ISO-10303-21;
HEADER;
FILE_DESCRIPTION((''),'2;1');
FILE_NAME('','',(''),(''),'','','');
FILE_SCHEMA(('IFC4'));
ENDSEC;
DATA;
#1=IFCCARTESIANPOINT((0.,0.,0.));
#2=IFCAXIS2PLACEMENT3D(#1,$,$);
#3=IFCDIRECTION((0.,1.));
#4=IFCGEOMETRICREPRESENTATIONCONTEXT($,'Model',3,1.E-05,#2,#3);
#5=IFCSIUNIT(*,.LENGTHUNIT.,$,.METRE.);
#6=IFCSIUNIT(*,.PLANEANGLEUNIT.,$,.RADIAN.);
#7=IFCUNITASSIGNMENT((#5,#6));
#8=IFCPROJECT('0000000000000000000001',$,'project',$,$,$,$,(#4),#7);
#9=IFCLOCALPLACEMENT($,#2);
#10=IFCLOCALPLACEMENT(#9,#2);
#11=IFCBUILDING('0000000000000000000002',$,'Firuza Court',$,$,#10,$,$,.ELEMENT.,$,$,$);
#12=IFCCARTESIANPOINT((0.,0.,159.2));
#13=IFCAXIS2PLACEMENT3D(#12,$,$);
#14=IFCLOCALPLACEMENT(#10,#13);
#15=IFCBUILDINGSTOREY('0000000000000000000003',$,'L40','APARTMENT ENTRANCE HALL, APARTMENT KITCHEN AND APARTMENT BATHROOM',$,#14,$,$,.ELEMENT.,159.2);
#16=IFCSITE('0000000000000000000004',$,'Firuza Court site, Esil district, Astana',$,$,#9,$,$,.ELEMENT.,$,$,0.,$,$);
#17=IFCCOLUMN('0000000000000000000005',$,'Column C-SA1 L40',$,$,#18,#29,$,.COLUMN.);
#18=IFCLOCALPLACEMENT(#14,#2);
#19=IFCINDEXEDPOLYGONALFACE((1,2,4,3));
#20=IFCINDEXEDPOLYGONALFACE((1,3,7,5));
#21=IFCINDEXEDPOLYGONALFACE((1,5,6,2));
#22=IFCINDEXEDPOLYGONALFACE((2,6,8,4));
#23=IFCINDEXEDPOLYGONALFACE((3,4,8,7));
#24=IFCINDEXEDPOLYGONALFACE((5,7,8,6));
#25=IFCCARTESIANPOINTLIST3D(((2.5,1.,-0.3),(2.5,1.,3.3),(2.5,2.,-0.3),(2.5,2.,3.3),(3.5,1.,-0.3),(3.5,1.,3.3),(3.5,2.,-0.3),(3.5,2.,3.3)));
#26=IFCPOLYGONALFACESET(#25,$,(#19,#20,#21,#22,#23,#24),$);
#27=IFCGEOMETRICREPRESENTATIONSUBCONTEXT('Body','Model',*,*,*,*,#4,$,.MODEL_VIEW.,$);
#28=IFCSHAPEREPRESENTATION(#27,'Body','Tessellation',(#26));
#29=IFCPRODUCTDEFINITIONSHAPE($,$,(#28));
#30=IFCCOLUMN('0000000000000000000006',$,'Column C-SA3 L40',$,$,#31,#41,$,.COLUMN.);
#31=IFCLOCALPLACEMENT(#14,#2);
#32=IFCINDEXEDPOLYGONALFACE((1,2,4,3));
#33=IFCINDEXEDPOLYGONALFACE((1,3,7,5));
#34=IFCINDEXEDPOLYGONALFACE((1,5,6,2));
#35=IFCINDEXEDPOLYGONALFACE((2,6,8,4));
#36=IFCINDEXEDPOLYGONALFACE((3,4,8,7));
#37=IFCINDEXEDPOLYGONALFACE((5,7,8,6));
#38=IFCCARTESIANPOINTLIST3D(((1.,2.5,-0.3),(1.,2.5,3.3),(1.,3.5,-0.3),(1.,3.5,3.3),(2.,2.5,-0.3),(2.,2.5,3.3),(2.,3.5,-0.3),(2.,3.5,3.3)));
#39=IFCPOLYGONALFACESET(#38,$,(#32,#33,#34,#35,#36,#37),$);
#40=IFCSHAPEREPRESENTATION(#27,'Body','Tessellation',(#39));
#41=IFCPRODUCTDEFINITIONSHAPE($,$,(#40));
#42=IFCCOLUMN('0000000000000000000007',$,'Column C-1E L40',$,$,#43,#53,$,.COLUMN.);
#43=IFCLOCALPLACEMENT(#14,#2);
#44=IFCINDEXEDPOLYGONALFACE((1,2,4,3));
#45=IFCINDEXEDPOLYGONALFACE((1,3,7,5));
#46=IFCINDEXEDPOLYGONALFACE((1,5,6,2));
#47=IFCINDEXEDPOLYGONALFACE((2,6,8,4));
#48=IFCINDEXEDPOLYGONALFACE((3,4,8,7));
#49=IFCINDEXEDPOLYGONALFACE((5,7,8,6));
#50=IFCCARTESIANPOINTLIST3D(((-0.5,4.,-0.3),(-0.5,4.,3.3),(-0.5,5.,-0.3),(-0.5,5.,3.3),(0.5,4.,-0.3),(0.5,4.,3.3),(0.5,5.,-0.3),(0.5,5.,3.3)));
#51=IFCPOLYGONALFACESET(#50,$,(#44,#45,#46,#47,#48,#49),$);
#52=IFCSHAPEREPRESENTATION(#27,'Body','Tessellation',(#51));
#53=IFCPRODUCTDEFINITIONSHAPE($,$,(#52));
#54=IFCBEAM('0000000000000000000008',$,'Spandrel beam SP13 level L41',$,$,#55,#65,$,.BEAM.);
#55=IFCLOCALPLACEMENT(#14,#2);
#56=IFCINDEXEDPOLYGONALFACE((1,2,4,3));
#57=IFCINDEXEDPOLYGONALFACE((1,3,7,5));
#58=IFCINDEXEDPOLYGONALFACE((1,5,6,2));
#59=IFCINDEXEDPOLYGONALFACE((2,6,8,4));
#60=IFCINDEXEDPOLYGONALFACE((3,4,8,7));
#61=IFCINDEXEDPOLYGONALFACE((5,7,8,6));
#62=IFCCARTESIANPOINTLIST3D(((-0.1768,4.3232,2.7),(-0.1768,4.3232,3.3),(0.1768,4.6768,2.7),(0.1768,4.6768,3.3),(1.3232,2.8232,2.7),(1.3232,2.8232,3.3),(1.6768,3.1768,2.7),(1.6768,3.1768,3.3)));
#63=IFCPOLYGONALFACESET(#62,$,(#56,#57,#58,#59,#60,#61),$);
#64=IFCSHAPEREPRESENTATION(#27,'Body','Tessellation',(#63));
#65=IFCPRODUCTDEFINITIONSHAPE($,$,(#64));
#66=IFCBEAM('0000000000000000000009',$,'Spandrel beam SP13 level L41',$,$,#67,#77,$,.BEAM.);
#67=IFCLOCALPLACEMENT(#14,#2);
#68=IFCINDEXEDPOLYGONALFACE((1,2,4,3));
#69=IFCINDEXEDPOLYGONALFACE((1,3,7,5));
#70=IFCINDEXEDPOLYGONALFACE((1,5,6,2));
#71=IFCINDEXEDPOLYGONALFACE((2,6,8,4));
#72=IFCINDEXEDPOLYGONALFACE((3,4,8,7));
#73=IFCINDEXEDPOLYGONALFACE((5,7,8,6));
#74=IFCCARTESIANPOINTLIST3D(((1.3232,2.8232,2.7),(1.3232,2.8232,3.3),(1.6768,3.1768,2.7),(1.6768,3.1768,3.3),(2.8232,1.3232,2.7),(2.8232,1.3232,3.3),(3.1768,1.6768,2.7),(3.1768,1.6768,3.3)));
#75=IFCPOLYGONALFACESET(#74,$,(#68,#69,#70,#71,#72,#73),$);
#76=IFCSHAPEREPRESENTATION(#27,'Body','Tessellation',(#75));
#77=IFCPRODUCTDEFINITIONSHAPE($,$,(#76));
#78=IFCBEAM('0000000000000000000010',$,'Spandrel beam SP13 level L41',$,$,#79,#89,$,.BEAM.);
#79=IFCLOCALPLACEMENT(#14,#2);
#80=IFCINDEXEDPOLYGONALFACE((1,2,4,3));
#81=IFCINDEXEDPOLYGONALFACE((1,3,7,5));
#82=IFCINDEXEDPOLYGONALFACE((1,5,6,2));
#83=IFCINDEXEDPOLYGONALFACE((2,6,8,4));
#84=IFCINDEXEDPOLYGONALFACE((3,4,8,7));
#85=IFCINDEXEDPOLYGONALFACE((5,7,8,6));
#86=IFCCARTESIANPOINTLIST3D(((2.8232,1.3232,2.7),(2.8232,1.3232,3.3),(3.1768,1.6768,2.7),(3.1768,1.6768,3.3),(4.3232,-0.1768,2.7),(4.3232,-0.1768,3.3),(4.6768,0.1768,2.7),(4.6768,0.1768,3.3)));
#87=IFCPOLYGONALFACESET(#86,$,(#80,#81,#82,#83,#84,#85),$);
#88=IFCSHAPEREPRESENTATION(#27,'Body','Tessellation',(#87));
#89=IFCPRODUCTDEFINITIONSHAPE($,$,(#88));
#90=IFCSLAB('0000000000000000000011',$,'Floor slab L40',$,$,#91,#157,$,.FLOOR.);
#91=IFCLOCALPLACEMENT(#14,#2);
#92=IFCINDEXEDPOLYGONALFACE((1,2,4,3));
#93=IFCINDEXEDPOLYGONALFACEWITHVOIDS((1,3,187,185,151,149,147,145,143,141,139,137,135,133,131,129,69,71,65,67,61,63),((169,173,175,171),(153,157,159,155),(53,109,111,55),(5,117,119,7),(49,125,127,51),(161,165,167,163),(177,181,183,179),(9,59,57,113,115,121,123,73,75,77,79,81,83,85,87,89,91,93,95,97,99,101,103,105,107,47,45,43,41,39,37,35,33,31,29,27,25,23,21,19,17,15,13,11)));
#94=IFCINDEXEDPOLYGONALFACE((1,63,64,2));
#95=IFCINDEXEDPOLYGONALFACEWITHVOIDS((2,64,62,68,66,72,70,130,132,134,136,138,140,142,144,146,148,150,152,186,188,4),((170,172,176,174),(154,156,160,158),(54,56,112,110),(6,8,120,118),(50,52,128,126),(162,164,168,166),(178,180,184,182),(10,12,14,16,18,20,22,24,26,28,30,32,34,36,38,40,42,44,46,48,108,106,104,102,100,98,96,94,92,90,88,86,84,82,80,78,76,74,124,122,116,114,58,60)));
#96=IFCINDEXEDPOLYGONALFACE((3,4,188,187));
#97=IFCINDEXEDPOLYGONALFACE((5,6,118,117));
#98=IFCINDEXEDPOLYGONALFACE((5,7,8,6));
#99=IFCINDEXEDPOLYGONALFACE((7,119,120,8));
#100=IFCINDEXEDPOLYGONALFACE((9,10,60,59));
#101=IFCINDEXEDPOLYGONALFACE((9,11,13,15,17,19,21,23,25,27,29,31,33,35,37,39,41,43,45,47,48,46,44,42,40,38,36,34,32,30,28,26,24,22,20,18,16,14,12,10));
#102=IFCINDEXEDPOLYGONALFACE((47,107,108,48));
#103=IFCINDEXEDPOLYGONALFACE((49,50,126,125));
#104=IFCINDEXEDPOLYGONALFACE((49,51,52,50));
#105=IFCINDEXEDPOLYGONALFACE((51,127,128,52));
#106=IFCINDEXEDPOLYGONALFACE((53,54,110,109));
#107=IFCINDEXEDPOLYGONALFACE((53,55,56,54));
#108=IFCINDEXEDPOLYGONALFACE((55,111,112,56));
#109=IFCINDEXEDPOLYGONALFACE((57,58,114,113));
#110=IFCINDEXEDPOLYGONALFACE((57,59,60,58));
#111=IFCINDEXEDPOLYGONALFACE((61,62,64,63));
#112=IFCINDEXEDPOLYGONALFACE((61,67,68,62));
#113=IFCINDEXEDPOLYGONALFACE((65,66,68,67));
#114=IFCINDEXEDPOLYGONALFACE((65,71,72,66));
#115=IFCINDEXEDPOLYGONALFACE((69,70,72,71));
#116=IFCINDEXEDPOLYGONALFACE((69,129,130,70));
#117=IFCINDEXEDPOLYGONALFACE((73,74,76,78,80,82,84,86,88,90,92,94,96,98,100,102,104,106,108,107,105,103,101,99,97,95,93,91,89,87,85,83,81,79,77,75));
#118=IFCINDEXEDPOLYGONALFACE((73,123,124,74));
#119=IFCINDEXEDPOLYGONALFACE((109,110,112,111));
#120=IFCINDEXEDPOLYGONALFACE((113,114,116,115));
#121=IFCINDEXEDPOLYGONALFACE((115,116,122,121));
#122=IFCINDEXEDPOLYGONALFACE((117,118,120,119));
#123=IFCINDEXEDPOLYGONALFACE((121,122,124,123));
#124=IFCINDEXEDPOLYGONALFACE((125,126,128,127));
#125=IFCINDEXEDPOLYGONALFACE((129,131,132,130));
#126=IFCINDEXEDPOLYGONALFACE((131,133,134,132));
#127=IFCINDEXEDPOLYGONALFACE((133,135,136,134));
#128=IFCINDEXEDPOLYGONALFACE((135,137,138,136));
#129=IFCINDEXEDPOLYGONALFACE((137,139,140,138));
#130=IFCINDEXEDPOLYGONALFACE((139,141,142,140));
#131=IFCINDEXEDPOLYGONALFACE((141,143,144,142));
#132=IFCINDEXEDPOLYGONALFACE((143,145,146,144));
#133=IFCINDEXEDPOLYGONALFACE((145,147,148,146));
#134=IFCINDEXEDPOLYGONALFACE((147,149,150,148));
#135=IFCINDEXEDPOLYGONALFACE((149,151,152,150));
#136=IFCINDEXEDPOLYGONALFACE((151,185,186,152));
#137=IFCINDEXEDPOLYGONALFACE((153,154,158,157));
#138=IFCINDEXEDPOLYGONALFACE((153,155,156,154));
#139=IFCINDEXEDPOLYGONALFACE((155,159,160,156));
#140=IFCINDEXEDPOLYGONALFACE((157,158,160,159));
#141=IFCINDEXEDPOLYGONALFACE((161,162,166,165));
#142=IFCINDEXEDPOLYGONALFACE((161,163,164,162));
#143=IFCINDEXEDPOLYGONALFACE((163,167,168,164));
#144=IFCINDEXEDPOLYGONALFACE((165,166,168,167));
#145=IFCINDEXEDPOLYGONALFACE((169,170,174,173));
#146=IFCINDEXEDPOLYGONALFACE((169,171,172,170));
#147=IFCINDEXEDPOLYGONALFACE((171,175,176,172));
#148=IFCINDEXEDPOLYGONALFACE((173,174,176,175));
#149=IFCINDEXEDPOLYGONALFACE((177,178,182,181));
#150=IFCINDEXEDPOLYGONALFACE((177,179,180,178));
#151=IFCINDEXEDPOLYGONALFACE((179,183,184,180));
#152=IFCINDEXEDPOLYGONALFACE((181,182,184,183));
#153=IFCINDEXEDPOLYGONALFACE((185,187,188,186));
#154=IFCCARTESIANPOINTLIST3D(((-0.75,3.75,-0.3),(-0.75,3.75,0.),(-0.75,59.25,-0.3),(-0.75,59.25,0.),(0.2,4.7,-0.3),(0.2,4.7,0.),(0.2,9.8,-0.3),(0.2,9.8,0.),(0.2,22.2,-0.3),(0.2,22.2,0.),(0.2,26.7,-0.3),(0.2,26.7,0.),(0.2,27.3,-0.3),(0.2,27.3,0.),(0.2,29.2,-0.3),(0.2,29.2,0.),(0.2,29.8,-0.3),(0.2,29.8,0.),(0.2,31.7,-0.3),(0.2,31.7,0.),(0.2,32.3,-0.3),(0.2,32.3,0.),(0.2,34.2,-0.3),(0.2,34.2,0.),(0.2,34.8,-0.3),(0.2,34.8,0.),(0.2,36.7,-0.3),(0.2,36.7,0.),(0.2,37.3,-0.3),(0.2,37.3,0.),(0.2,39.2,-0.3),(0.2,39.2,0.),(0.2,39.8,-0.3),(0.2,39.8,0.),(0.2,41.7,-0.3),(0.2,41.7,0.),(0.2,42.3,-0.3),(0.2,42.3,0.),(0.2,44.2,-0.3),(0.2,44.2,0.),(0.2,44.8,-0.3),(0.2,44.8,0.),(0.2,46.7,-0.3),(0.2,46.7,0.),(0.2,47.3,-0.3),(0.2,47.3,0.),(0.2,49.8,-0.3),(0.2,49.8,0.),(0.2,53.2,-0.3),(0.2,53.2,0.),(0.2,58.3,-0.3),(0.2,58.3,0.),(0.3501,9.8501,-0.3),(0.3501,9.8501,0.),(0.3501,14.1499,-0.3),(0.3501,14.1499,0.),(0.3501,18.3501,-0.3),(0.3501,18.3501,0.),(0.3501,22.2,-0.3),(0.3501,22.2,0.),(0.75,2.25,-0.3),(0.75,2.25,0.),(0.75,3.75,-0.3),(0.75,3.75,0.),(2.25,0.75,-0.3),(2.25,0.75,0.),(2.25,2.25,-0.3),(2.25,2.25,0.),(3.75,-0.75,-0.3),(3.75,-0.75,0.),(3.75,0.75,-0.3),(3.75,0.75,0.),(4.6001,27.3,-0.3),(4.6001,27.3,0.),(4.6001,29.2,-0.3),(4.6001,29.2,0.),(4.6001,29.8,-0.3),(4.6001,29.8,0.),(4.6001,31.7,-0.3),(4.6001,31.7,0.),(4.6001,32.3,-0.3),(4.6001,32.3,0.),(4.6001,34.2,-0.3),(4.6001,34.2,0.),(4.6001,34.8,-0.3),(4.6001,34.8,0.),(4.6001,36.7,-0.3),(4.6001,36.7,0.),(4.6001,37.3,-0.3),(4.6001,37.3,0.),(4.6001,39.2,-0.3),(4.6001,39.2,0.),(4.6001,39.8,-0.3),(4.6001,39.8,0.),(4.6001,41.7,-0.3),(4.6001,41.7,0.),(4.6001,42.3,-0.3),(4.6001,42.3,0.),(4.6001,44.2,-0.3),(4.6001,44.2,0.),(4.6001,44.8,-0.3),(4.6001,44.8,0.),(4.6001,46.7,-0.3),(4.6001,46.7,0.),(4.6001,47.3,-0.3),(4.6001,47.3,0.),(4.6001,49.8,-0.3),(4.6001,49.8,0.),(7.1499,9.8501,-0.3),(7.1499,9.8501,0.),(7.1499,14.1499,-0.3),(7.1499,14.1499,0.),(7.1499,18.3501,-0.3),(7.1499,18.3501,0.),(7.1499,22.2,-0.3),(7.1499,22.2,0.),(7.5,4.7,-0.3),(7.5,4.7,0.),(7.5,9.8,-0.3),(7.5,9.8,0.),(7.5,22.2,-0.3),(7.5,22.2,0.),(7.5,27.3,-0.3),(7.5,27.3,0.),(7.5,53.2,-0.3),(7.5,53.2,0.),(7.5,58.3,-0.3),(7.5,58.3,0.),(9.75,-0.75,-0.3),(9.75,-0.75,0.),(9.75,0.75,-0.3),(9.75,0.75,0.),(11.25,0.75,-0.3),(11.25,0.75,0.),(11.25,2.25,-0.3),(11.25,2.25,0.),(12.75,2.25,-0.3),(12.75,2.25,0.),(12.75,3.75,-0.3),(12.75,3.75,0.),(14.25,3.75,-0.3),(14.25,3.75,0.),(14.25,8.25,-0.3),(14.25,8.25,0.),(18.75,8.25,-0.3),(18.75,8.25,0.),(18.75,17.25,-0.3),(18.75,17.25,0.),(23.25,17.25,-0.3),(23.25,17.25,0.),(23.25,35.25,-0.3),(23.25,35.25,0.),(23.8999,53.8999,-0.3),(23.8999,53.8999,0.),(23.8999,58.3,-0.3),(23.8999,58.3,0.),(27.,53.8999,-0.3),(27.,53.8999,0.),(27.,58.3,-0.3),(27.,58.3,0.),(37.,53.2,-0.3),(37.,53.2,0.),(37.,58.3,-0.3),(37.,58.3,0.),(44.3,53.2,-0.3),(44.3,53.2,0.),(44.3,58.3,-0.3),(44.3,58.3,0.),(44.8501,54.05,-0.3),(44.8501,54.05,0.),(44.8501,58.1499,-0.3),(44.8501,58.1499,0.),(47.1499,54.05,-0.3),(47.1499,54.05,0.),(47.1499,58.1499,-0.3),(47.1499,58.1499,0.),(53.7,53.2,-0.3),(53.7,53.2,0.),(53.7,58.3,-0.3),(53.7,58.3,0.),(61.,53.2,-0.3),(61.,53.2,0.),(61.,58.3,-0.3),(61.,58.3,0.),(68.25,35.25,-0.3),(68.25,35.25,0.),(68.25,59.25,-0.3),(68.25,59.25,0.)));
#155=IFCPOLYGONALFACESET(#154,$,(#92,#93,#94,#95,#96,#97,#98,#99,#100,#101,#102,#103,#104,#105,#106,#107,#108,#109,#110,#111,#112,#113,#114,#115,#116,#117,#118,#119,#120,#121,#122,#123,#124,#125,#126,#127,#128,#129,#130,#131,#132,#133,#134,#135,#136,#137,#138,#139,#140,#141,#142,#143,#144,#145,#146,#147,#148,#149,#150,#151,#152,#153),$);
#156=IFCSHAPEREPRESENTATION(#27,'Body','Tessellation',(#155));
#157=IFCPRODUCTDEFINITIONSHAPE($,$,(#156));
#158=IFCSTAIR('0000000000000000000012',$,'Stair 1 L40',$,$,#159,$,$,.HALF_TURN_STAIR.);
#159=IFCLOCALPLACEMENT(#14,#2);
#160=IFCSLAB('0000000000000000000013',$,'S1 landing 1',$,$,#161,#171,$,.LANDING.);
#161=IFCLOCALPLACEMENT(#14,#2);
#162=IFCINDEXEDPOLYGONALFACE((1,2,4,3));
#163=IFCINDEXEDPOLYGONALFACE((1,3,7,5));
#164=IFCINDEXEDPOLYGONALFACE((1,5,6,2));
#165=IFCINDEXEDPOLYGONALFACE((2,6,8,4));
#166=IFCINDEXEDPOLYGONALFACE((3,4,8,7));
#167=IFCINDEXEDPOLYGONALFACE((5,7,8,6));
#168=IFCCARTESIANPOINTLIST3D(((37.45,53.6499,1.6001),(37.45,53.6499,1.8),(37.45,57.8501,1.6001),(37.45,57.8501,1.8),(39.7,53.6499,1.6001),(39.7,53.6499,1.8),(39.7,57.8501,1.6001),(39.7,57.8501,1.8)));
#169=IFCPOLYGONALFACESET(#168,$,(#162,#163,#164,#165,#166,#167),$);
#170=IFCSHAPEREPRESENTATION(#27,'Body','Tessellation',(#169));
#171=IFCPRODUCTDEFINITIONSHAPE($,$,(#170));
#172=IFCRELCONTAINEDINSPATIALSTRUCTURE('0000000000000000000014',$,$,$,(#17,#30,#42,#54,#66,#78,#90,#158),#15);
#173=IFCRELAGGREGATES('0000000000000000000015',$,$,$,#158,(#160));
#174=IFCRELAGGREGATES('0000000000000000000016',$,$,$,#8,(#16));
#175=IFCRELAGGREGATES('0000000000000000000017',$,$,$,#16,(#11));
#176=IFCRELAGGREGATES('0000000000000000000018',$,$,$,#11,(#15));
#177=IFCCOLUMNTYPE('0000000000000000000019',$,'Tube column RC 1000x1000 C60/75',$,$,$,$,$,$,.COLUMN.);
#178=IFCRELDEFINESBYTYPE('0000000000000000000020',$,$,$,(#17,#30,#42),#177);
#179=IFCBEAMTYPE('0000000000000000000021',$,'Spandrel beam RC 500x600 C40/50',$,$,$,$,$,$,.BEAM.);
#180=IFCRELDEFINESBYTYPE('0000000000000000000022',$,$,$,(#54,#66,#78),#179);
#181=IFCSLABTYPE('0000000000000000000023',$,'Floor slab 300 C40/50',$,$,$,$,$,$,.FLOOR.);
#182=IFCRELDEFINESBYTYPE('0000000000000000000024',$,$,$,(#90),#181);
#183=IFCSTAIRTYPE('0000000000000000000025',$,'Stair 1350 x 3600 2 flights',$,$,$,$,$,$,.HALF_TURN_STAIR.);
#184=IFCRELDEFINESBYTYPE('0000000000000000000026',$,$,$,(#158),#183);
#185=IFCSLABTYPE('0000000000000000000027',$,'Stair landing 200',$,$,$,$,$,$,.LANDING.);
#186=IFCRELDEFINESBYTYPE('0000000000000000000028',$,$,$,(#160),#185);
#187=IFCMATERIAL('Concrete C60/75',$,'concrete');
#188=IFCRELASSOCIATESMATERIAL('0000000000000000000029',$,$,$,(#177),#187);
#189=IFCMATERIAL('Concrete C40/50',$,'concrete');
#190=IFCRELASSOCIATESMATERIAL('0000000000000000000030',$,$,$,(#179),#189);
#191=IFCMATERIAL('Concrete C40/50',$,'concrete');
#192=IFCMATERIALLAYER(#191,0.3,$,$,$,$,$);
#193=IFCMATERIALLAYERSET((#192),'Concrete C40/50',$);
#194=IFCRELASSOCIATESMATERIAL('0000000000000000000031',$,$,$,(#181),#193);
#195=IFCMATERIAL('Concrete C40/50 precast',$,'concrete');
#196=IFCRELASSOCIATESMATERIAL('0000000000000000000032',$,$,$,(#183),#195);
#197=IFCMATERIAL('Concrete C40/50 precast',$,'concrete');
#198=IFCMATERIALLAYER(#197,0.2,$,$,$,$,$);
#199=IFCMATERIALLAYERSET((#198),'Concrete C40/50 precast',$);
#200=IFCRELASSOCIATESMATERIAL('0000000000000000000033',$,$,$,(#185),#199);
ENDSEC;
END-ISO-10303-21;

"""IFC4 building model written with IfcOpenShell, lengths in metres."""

from ifc_helpers import new_model, si_unit, direction, frame, origin, origin_2d, place, context, subcontext, project, spatial, polyline, rectangle, outline, extrude, material, layer, layer_set, material_profile, profile_set, type_object, element, aggregate, save


model = new_model("IFC4")

# Units and contexts
model_context = context("Model", 3, precision=1e-05, world=origin(), true_north=direction((0.0, 1.0)))
body_context = subcontext(model_context, "Body", "Model", "MODEL_VIEW")
ifc_project = project(units=[si_unit("LENGTHUNIT", "METRE"), si_unit("PLANEANGLEUNIT", "RADIAN")], contexts=[model_context])

# Site, building, storey
site_placement = place(None, origin())
site = spatial("IfcSite", under=ifc_project, at=site_placement, Name="Firuza Court site, Esil district, Astana", CompositionType="ELEMENT", RefElevation=0.0)
building_placement = place(site_placement, origin())
building = spatial("IfcBuilding", under=site, at=building_placement, Name="Firuza Court", CompositionType="ELEMENT")
storey_placement = place(building_placement, frame((0.0, 0.0, 159.2)))
storey = spatial("IfcBuildingStorey", under=building, at=storey_placement, Name="L40", Description="APARTMENT ENTRANCE HALL, APARTMENT KITCHEN AND APARTMENT BATHROOM", CompositionType="ELEMENT", Elevation=159.2)

# Columns
ifc_material_1 = material(Name="Concrete C60/75", Category="concrete")
ifc_material_profile_1 = material_profile(ifc_material_1, rectangle(XDim=1.0, YDim=1.0, at=origin_2d()), Name="RC 1000x1000")
ifc_profile_set_1 = profile_set([ifc_material_profile_1], Name="Concrete C60/75")
column_type = type_object("IfcColumnType", Name="Tube column RC 1000x1000 C60/75", PredefinedType="COLUMN", material=ifc_profile_set_1)
for number, where, z_axis, x_axis, name in (
    (1, (3.0, 1.5, -0.3), (0.0, 0.0, 1.0), (1.0, 0.0, 0.0), "Column C-SA1 L40"),
    (2, (1.5, 3.0, -0.3), (0.0, 0.0, 1.0), (1.0, 0.0, 0.0), "Column C-SA3 L40"),
    (3, (0.0, 4.5, -0.3), (0.0, 0.0, 1.0), (1.0, 0.0, 0.0), "Column C-1E L40"),
):
    element("IfcColumn", number, at=place(storey_placement, frame(where, z_axis=z_axis, x_axis=x_axis)), inside=storey, type_object=column_type, Name=name, PredefinedType="COLUMN", context=body_context, shape_type="SweptSolid", body=[
        extrude(rectangle(XDim=1.0, YDim=1.0, at=origin_2d()), origin(), (0.0, 0.0, 1.0), 3.6001),
    ])

# Beams
ifc_material_2 = material(Name="Concrete C40/50", Category="concrete")
ifc_material_profile_2 = material_profile(ifc_material_2, rectangle(XDim=0.5, YDim=0.6001, at=origin_2d()), Name="RC 500x600")
ifc_profile_set_2 = profile_set([ifc_material_profile_2], Name="Concrete C40/50")
beam_type = type_object("IfcBeamType", Name="Spandrel beam RC 500x600 C40/50", PredefinedType="BEAM", material=ifc_profile_set_2)
for number, where, z_axis, x_axis, name in (
    (4, (0.0, 4.5, 3.0), (0.707107, -0.707107, 0.0), (0.707107, 0.707107, 0.0), "Spandrel beam SP13 level L41"),
    (5, (1.5, 3.0, 3.0), (0.707107, -0.707107, 0.0), (0.707107, 0.707107, 0.0), "Spandrel beam SP13 level L41"),
    (6, (3.0, 1.5, 3.0), (0.707107, -0.707107, 0.0), (0.707107, 0.707107, 0.0), "Spandrel beam SP13 level L41"),
):
    element("IfcBeam", number, at=place(storey_placement, frame(where, z_axis=z_axis, x_axis=x_axis)), inside=storey, type_object=beam_type, Name=name, PredefinedType="BEAM", context=body_context, shape_type="SweptSolid", body=[
        extrude(rectangle(XDim=0.5, YDim=0.6001, at=origin_2d()), origin(), (0.0, 0.0, 1.0), 2.1213),
    ])

# Slab
ifc_material_3 = material(Name="Concrete C40/50", Category="concrete")
ifc_layer_1 = layer(ifc_material_3, 0.3)
ifc_layer_set_1 = layer_set([ifc_layer_1], Name="Concrete C40/50")
slab_type_1 = type_object("IfcSlabType", Name="Floor slab 300 C40/50", PredefinedType="FLOOR", material=ifc_layer_set_1)
slab_1_placement = place(storey_placement, frame((0.0, 0.0, -0.3)))
element("IfcSlab", 7, at=slab_1_placement, inside=storey, type_object=slab_type_1, Name="Floor slab L40", PredefinedType="FLOOR", context=body_context, shape_type="SweptSolid", body=[
    extrude(outline(polyline([(3.75, -0.75), (3.75, 0.75), (2.25, 0.75), (2.25, 2.25), (0.75, 2.25), (0.75, 3.75), (-0.75, 3.75), (-0.75, 59.25), (68.25, 59.25), (68.25, 35.25), (23.25, 35.25), (23.25, 17.25), (18.75, 17.25), (18.75, 8.25), (14.25, 8.25), (14.25, 3.75), (12.75, 3.75), (12.75, 2.25), (11.25, 2.25), (11.25, 0.75), (9.75, 0.75), (9.75, -0.75), (3.75, -0.75)]), holes=[polyline([(0.2, 29.8), (0.2, 29.2), (0.2, 27.3), (0.2, 26.7), (0.2, 22.2), (0.3501, 22.2), (0.3501, 18.3501), (7.1499, 18.3501), (7.1499, 22.2), (7.5, 22.2), (7.5, 27.3), (4.6001, 27.3), (4.6001, 29.2), (4.6001, 29.8), (4.6001, 31.7), (4.6001, 32.3), (4.6001, 34.2), (4.6001, 34.8), (4.6001, 36.7), (4.6001, 37.3), (4.6001, 39.2), (4.6001, 39.8), (4.6001, 41.7), (4.6001, 42.3), (4.6001, 44.2), (4.6001, 44.8), (4.6001, 46.7), (4.6001, 47.3), (4.6001, 49.8), (0.2, 49.8), (0.2, 47.3), (0.2, 46.7), (0.2, 44.8), (0.2, 44.2), (0.2, 42.3), (0.2, 41.7), (0.2, 39.8), (0.2, 39.2), (0.2, 37.3), (0.2, 36.7), (0.2, 34.8), (0.2, 34.2), (0.2, 32.3), (0.2, 31.7), (0.2, 29.8)]), polyline([(7.5, 9.8), (0.2, 9.8), (0.2, 4.7), (7.5, 4.7), (7.5, 9.8)]), polyline([(7.1499, 14.1499), (0.3501, 14.1499), (0.3501, 9.8501), (7.1499, 9.8501), (7.1499, 14.1499)]), polyline([(7.5, 58.3), (0.2, 58.3), (0.2, 53.2), (7.5, 53.2), (7.5, 58.3)]), polyline([(44.3, 58.3), (37.0, 58.3), (37.0, 53.2), (44.3, 53.2), (44.3, 58.3)]), polyline([(61.0, 58.3), (53.7, 58.3), (53.7, 53.2), (61.0, 53.2), (61.0, 58.3)]), polyline([(27.0, 53.8999), (27.0, 58.3), (23.8999, 58.3), (23.8999, 53.8999), (27.0, 53.8999)]), polyline([(47.1499, 54.05), (47.1499, 58.1499), (44.8501, 58.1499), (44.8501, 54.05), (47.1499, 54.05)])]), origin(), (0.0, 0.0, 1.0), 0.3),
])

# Stair, slab
ifc_material_4 = material(Name="Concrete C40/50 precast", Category="concrete")
stair_type = type_object("IfcStairType", Name="Stair 1350 x 3600 2 flights", PredefinedType="HALF_TURN_STAIR", material=ifc_material_4)
stair_1_placement = place(storey_placement, origin())
stair_1 = element("IfcStair", 8, at=stair_1_placement, inside=storey, type_object=stair_type, Name="Stair 1 L40", PredefinedType="HALF_TURN_STAIR")
ifc_material_5 = material(Name="Concrete C40/50 precast", Category="concrete")
ifc_layer_2 = layer(ifc_material_5, 0.2)
ifc_layer_set_2 = layer_set([ifc_layer_2], Name="Concrete C40/50 precast")
slab_type_2 = type_object("IfcSlabType", Name="Stair landing 200", PredefinedType="LANDING", material=ifc_layer_set_2)
slab_2_placement = place(storey_placement, frame((0.0, 0.0, 1.6001)))
slab_2 = element("IfcSlab", 9, at=slab_2_placement, type_object=slab_type_2, Name="S1 landing 1", PredefinedType="LANDING", context=body_context, shape_type="SweptSolid", body=[
    extrude(outline(polyline([(39.7, 53.6499), (39.7, 57.8501), (37.45, 57.8501), (37.45, 53.6499), (39.7, 53.6499)])), origin(), (0.0, 0.0, 1.0), 0.2),
])
aggregate(stair_1, [slab_2])

save(model, "model.ifc")
